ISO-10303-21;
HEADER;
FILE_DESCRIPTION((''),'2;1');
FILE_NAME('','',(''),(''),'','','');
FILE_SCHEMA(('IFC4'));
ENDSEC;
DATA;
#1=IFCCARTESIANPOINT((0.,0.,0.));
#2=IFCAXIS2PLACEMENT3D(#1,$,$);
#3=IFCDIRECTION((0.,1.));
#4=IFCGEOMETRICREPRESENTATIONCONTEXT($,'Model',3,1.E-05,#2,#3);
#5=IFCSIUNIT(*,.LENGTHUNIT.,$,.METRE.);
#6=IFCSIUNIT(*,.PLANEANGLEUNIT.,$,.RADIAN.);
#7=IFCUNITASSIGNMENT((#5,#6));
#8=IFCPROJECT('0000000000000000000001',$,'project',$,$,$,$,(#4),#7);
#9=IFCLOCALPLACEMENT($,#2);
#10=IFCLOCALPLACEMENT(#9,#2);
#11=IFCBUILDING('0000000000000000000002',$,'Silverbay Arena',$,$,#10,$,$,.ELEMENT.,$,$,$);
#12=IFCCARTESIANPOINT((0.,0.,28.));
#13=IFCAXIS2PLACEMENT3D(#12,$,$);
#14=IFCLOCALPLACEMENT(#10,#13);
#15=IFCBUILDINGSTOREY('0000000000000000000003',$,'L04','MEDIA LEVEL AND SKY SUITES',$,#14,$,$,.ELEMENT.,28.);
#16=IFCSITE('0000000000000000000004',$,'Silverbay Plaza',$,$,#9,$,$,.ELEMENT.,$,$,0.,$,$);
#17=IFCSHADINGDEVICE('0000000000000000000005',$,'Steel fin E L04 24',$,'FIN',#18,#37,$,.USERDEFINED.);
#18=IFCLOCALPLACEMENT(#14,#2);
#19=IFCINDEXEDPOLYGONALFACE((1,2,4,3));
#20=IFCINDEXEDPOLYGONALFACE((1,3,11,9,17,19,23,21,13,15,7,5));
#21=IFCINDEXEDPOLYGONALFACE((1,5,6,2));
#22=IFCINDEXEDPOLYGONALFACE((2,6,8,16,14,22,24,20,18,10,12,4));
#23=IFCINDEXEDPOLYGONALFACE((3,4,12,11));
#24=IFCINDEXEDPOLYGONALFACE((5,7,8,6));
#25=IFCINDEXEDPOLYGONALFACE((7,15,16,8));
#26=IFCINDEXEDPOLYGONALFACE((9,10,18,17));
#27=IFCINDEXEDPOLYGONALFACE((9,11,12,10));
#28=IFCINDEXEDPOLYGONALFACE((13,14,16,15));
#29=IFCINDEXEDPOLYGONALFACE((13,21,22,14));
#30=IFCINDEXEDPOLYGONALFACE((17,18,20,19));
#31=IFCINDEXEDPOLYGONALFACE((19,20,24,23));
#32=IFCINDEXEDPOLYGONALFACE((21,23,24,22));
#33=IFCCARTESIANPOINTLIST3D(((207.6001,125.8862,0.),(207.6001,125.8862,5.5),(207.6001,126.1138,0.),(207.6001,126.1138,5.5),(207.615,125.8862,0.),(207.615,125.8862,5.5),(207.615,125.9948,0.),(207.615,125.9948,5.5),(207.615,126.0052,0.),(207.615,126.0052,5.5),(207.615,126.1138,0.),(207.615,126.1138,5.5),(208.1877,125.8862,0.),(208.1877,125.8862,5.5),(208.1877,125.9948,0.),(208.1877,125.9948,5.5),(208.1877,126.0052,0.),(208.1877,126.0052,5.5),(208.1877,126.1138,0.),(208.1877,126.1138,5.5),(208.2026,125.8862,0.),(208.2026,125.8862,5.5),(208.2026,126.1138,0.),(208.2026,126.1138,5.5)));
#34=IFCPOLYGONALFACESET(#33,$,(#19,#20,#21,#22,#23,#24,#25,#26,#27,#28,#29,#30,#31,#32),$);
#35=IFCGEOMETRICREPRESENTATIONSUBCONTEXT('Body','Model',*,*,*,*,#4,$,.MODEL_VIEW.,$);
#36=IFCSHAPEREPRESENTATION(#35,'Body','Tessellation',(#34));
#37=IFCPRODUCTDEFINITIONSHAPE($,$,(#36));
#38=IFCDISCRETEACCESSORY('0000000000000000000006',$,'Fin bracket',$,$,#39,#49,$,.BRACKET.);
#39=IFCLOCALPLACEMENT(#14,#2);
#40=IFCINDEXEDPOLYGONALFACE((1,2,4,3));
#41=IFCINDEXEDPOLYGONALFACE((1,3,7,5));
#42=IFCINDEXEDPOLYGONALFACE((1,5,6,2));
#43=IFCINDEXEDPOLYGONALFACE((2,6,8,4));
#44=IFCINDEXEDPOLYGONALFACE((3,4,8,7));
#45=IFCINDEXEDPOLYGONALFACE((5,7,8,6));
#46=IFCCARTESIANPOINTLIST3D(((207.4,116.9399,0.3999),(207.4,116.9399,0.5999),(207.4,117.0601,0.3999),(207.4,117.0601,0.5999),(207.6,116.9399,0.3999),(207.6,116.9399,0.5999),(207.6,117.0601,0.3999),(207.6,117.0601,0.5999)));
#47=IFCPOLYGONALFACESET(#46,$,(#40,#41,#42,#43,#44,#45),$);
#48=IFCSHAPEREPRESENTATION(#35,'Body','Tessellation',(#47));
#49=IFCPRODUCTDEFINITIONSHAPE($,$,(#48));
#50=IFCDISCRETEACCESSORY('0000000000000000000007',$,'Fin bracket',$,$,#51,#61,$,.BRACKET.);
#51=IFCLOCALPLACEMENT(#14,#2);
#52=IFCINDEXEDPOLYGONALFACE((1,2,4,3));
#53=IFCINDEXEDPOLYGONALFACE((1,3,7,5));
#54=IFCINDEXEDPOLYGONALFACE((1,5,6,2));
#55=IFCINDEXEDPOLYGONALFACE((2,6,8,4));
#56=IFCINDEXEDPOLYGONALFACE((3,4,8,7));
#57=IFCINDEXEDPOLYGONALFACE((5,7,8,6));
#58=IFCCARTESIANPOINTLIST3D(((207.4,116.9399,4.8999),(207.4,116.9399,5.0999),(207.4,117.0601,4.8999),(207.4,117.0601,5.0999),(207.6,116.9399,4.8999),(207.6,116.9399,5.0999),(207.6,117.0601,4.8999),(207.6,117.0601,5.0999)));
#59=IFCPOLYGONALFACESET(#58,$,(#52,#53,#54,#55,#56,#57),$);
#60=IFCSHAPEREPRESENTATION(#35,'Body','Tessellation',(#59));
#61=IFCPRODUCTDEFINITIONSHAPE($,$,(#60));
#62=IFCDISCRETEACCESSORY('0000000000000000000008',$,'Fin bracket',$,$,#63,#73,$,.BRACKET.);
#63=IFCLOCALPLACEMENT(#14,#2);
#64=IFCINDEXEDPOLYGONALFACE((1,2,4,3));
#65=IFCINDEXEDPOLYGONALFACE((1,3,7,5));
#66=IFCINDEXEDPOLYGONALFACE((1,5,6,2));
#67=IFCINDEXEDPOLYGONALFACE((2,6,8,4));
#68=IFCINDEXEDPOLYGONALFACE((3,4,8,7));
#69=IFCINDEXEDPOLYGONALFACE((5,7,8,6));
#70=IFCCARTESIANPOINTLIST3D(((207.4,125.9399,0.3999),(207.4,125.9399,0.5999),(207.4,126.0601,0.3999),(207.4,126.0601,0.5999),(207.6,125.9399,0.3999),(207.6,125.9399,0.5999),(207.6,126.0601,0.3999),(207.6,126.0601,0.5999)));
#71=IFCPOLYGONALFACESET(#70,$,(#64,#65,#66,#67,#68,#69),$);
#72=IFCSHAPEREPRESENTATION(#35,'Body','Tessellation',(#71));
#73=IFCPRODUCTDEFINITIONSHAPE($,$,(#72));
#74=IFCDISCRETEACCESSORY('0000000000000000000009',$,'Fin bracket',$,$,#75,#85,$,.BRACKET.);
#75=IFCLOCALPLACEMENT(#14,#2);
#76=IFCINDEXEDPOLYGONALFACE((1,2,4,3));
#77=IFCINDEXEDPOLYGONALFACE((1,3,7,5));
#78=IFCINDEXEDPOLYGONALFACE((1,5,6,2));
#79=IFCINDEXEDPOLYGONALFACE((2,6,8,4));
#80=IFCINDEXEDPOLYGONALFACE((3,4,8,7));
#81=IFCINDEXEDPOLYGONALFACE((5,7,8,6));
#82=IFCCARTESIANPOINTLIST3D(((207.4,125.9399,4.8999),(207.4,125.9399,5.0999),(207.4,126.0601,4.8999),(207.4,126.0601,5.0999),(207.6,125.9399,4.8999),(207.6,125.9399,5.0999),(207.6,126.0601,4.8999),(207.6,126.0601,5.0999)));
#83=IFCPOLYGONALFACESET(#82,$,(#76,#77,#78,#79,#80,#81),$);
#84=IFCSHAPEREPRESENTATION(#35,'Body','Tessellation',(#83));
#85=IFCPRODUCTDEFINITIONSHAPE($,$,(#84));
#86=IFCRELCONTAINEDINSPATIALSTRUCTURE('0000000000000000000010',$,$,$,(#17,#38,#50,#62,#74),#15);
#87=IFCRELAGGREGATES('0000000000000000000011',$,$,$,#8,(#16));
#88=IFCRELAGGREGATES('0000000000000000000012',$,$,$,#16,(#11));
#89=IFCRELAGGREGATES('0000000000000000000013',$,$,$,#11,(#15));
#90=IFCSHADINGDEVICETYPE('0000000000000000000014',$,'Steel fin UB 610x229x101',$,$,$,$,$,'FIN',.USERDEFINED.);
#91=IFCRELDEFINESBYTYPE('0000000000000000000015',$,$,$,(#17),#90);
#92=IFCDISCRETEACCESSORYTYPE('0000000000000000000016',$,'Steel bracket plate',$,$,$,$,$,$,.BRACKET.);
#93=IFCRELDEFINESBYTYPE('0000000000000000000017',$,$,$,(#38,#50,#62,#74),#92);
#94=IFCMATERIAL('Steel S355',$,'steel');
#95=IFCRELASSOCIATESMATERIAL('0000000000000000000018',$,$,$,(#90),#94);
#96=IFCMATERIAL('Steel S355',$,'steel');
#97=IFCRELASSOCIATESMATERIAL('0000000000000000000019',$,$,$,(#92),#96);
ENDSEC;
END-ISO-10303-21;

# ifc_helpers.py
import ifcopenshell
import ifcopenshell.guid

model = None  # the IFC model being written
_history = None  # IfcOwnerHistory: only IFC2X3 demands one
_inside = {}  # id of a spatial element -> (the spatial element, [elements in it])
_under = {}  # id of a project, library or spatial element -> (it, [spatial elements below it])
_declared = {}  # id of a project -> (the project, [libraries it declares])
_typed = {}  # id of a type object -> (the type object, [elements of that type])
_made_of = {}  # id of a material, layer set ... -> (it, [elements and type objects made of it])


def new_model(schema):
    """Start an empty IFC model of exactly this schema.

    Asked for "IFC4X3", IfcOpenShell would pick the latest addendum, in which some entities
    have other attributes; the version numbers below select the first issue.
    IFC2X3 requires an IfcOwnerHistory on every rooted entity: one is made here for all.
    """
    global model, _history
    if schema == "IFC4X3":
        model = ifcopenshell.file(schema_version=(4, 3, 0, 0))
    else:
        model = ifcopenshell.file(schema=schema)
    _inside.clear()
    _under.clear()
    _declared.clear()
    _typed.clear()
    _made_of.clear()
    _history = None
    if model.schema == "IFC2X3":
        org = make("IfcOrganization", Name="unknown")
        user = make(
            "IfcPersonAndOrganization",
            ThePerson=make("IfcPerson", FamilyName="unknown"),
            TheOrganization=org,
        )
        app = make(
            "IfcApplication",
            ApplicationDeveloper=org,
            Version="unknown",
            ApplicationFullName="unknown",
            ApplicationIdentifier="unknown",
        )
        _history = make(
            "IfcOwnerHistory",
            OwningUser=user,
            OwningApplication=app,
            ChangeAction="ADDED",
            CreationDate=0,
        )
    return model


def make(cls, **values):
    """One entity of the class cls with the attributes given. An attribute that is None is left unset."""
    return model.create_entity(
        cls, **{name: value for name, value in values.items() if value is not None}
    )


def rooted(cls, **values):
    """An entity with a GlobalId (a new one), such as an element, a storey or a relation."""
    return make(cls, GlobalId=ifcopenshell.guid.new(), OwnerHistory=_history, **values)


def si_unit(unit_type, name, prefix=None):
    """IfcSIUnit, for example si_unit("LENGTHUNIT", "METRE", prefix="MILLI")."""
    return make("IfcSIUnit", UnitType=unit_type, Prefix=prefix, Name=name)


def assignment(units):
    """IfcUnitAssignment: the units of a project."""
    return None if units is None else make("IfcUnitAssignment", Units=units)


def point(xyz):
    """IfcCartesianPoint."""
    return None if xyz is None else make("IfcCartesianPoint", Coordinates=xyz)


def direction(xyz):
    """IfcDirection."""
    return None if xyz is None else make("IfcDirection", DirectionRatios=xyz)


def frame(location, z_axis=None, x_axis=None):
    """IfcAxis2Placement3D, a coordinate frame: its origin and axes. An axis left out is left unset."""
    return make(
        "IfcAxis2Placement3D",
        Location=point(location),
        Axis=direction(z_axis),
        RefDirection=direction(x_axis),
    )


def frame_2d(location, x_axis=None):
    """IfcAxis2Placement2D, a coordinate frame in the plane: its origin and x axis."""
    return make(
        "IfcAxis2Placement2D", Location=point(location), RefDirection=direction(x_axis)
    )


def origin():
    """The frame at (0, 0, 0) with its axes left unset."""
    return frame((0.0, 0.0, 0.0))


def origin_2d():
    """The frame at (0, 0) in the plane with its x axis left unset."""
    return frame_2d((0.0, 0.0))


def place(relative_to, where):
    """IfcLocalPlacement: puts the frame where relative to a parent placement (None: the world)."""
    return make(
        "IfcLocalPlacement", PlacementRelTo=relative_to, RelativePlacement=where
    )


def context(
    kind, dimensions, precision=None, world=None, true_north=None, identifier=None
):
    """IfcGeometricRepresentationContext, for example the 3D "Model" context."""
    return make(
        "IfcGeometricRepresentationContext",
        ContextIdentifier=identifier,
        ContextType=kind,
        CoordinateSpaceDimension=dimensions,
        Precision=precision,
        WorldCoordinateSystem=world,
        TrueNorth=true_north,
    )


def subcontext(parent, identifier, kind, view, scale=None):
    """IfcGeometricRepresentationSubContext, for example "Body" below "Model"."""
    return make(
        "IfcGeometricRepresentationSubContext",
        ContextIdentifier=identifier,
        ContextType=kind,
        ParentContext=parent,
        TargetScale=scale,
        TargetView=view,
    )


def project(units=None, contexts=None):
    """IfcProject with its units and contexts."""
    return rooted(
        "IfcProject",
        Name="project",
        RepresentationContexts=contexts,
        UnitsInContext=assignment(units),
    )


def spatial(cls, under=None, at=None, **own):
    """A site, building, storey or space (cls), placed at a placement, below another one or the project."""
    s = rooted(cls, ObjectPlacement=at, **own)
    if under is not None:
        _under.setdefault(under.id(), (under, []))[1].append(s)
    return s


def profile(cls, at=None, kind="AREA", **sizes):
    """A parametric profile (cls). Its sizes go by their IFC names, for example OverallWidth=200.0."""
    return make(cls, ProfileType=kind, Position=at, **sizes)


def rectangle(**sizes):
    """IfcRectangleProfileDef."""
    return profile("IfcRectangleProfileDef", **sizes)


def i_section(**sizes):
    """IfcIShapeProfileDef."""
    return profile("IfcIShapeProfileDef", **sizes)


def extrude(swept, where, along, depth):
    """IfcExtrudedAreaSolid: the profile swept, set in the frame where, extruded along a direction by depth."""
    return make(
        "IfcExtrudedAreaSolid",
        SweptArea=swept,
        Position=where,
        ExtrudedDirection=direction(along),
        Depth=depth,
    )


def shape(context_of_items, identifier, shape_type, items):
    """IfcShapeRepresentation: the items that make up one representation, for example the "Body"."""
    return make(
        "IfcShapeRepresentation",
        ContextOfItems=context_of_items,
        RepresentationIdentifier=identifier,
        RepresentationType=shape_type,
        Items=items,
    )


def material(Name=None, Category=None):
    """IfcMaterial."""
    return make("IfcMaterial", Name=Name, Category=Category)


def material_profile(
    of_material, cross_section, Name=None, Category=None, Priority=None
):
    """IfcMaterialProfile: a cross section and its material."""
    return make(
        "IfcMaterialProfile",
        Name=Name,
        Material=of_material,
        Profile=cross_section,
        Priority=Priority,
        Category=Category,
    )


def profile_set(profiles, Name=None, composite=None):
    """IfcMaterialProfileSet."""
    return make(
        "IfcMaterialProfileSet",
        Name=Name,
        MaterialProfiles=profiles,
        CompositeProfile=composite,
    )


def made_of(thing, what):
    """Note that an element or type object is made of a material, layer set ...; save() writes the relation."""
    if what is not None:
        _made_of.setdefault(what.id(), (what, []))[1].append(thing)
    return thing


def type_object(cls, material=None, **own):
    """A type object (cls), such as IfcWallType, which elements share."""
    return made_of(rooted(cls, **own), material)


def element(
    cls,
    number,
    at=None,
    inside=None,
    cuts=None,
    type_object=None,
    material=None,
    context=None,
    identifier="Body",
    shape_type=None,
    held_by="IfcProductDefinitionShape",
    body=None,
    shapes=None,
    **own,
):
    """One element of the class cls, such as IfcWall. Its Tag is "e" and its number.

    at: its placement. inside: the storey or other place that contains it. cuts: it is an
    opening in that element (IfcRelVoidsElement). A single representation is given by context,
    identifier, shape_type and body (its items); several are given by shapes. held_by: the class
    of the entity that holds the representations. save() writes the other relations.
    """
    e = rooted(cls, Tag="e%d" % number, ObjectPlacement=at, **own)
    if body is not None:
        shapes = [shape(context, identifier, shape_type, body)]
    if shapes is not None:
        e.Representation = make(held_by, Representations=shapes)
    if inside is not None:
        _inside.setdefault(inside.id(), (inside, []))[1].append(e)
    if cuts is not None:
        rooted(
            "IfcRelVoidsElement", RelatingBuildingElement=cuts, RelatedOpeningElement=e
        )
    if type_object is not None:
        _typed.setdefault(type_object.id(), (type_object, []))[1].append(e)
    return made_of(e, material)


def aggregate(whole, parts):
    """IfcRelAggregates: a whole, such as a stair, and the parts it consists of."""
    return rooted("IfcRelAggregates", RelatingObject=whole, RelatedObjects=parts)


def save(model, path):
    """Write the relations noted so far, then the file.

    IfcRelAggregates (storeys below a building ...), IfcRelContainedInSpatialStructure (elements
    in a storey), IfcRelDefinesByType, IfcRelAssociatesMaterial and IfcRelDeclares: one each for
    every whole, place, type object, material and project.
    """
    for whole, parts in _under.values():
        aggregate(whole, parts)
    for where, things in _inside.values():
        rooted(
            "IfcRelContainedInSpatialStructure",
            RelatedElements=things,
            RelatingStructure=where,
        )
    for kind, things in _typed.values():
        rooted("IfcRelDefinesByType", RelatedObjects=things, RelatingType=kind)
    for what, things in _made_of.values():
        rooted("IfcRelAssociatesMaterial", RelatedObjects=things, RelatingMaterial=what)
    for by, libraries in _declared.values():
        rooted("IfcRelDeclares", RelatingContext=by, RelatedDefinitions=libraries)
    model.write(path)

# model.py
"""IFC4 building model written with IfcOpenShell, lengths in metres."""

from ifc_helpers import new_model, si_unit, direction, frame, origin, origin_2d, place, context, subcontext, project, spatial, rectangle, i_section, extrude, material, material_profile, profile_set, type_object, element, save


model = new_model("IFC4")

# Units and contexts
model_context = context("Model", 3, precision=1e-05, world=origin(), true_north=direction((0.0, 1.0)))
body_context = subcontext(model_context, "Body", "Model", "MODEL_VIEW")
ifc_project = project(units=[si_unit("LENGTHUNIT", "METRE"), si_unit("PLANEANGLEUNIT", "RADIAN")], contexts=[model_context])

# Site, building, storey
site_placement = place(None, origin())
site = spatial("IfcSite", under=ifc_project, at=site_placement, Name="Silverbay Plaza", CompositionType="ELEMENT", RefElevation=0.0)
building_placement = place(site_placement, origin())
building = spatial("IfcBuilding", under=site, at=building_placement, Name="Silverbay Arena", CompositionType="ELEMENT")
storey_placement = place(building_placement, frame((0.0, 0.0, 28.0)))
storey = spatial("IfcBuildingStorey", under=building, at=storey_placement, Name="L04", Description="MEDIA LEVEL AND SKY SUITES", CompositionType="ELEMENT", Elevation=28.0)

# Shading device
ifc_material_1 = material(Name="Steel S355", Category="steel")
ifc_material_profile_1 = material_profile(ifc_material_1, i_section(OverallWidth=0.2275, OverallDepth=0.6025, WebThickness=0.0105, FlangeThickness=0.0149, at=origin_2d()), Name="UB 610x229x101")
ifc_profile_set_1 = profile_set([ifc_material_profile_1], Name="Steel S355")
shading_device_type = type_object("IfcShadingDeviceType", Name="Steel fin UB 610x229x101", ElementType="FIN", PredefinedType="USERDEFINED", material=ifc_profile_set_1)
for number, where, z_axis, x_axis, name in (
    (1, (207.9014, 126.0, 0.0), (0.0, 0.0, 1.0), (0.0, 1.0, 0.0), "Steel fin E L04 24"),
):
    element("IfcShadingDevice", number, at=place(storey_placement, frame(where, z_axis=z_axis, x_axis=x_axis)), inside=storey, type_object=shading_device_type, Name=name, ObjectType="FIN", PredefinedType="USERDEFINED", context=body_context, shape_type="SweptSolid", body=[
        extrude(i_section(OverallWidth=0.2275, OverallDepth=0.6025, WebThickness=0.0105, FlangeThickness=0.0149, at=origin_2d()), origin(), (0.0, 0.0, 1.0), 5.5),
    ])

# Discrete accessories
ifc_material_2 = material(Name="Steel S355", Category="steel")
discrete_accessory_type = type_object("IfcDiscreteAccessoryType", Name="Steel bracket plate", PredefinedType="BRACKET", material=ifc_material_2)
for number, where, z_axis, x_axis, name in (
    (2, (207.5, 117.0, 0.3999), (0.0, 0.0, 1.0), (1.0, 0.0, 0.0), "Fin bracket"),
    (3, (207.5, 117.0, 4.8999), (0.0, 0.0, 1.0), (1.0, 0.0, 0.0), "Fin bracket"),
    (4, (207.5, 126.0, 0.3999), (0.0, 0.0, 1.0), (1.0, 0.0, 0.0), "Fin bracket"),
    (5, (207.5, 126.0, 4.8999), (0.0, 0.0, 1.0), (1.0, 0.0, 0.0), "Fin bracket"),
):
    element("IfcDiscreteAccessory", number, at=place(storey_placement, frame(where, z_axis=z_axis, x_axis=x_axis)), inside=storey, type_object=discrete_accessory_type, Name=name, PredefinedType="BRACKET", context=body_context, shape_type="SweptSolid", body=[
        extrude(rectangle(XDim=0.2, YDim=0.1201, at=origin_2d()), origin(), (0.0, 0.0, 1.0), 0.2),
    ])

save(model, "model.ifc")
